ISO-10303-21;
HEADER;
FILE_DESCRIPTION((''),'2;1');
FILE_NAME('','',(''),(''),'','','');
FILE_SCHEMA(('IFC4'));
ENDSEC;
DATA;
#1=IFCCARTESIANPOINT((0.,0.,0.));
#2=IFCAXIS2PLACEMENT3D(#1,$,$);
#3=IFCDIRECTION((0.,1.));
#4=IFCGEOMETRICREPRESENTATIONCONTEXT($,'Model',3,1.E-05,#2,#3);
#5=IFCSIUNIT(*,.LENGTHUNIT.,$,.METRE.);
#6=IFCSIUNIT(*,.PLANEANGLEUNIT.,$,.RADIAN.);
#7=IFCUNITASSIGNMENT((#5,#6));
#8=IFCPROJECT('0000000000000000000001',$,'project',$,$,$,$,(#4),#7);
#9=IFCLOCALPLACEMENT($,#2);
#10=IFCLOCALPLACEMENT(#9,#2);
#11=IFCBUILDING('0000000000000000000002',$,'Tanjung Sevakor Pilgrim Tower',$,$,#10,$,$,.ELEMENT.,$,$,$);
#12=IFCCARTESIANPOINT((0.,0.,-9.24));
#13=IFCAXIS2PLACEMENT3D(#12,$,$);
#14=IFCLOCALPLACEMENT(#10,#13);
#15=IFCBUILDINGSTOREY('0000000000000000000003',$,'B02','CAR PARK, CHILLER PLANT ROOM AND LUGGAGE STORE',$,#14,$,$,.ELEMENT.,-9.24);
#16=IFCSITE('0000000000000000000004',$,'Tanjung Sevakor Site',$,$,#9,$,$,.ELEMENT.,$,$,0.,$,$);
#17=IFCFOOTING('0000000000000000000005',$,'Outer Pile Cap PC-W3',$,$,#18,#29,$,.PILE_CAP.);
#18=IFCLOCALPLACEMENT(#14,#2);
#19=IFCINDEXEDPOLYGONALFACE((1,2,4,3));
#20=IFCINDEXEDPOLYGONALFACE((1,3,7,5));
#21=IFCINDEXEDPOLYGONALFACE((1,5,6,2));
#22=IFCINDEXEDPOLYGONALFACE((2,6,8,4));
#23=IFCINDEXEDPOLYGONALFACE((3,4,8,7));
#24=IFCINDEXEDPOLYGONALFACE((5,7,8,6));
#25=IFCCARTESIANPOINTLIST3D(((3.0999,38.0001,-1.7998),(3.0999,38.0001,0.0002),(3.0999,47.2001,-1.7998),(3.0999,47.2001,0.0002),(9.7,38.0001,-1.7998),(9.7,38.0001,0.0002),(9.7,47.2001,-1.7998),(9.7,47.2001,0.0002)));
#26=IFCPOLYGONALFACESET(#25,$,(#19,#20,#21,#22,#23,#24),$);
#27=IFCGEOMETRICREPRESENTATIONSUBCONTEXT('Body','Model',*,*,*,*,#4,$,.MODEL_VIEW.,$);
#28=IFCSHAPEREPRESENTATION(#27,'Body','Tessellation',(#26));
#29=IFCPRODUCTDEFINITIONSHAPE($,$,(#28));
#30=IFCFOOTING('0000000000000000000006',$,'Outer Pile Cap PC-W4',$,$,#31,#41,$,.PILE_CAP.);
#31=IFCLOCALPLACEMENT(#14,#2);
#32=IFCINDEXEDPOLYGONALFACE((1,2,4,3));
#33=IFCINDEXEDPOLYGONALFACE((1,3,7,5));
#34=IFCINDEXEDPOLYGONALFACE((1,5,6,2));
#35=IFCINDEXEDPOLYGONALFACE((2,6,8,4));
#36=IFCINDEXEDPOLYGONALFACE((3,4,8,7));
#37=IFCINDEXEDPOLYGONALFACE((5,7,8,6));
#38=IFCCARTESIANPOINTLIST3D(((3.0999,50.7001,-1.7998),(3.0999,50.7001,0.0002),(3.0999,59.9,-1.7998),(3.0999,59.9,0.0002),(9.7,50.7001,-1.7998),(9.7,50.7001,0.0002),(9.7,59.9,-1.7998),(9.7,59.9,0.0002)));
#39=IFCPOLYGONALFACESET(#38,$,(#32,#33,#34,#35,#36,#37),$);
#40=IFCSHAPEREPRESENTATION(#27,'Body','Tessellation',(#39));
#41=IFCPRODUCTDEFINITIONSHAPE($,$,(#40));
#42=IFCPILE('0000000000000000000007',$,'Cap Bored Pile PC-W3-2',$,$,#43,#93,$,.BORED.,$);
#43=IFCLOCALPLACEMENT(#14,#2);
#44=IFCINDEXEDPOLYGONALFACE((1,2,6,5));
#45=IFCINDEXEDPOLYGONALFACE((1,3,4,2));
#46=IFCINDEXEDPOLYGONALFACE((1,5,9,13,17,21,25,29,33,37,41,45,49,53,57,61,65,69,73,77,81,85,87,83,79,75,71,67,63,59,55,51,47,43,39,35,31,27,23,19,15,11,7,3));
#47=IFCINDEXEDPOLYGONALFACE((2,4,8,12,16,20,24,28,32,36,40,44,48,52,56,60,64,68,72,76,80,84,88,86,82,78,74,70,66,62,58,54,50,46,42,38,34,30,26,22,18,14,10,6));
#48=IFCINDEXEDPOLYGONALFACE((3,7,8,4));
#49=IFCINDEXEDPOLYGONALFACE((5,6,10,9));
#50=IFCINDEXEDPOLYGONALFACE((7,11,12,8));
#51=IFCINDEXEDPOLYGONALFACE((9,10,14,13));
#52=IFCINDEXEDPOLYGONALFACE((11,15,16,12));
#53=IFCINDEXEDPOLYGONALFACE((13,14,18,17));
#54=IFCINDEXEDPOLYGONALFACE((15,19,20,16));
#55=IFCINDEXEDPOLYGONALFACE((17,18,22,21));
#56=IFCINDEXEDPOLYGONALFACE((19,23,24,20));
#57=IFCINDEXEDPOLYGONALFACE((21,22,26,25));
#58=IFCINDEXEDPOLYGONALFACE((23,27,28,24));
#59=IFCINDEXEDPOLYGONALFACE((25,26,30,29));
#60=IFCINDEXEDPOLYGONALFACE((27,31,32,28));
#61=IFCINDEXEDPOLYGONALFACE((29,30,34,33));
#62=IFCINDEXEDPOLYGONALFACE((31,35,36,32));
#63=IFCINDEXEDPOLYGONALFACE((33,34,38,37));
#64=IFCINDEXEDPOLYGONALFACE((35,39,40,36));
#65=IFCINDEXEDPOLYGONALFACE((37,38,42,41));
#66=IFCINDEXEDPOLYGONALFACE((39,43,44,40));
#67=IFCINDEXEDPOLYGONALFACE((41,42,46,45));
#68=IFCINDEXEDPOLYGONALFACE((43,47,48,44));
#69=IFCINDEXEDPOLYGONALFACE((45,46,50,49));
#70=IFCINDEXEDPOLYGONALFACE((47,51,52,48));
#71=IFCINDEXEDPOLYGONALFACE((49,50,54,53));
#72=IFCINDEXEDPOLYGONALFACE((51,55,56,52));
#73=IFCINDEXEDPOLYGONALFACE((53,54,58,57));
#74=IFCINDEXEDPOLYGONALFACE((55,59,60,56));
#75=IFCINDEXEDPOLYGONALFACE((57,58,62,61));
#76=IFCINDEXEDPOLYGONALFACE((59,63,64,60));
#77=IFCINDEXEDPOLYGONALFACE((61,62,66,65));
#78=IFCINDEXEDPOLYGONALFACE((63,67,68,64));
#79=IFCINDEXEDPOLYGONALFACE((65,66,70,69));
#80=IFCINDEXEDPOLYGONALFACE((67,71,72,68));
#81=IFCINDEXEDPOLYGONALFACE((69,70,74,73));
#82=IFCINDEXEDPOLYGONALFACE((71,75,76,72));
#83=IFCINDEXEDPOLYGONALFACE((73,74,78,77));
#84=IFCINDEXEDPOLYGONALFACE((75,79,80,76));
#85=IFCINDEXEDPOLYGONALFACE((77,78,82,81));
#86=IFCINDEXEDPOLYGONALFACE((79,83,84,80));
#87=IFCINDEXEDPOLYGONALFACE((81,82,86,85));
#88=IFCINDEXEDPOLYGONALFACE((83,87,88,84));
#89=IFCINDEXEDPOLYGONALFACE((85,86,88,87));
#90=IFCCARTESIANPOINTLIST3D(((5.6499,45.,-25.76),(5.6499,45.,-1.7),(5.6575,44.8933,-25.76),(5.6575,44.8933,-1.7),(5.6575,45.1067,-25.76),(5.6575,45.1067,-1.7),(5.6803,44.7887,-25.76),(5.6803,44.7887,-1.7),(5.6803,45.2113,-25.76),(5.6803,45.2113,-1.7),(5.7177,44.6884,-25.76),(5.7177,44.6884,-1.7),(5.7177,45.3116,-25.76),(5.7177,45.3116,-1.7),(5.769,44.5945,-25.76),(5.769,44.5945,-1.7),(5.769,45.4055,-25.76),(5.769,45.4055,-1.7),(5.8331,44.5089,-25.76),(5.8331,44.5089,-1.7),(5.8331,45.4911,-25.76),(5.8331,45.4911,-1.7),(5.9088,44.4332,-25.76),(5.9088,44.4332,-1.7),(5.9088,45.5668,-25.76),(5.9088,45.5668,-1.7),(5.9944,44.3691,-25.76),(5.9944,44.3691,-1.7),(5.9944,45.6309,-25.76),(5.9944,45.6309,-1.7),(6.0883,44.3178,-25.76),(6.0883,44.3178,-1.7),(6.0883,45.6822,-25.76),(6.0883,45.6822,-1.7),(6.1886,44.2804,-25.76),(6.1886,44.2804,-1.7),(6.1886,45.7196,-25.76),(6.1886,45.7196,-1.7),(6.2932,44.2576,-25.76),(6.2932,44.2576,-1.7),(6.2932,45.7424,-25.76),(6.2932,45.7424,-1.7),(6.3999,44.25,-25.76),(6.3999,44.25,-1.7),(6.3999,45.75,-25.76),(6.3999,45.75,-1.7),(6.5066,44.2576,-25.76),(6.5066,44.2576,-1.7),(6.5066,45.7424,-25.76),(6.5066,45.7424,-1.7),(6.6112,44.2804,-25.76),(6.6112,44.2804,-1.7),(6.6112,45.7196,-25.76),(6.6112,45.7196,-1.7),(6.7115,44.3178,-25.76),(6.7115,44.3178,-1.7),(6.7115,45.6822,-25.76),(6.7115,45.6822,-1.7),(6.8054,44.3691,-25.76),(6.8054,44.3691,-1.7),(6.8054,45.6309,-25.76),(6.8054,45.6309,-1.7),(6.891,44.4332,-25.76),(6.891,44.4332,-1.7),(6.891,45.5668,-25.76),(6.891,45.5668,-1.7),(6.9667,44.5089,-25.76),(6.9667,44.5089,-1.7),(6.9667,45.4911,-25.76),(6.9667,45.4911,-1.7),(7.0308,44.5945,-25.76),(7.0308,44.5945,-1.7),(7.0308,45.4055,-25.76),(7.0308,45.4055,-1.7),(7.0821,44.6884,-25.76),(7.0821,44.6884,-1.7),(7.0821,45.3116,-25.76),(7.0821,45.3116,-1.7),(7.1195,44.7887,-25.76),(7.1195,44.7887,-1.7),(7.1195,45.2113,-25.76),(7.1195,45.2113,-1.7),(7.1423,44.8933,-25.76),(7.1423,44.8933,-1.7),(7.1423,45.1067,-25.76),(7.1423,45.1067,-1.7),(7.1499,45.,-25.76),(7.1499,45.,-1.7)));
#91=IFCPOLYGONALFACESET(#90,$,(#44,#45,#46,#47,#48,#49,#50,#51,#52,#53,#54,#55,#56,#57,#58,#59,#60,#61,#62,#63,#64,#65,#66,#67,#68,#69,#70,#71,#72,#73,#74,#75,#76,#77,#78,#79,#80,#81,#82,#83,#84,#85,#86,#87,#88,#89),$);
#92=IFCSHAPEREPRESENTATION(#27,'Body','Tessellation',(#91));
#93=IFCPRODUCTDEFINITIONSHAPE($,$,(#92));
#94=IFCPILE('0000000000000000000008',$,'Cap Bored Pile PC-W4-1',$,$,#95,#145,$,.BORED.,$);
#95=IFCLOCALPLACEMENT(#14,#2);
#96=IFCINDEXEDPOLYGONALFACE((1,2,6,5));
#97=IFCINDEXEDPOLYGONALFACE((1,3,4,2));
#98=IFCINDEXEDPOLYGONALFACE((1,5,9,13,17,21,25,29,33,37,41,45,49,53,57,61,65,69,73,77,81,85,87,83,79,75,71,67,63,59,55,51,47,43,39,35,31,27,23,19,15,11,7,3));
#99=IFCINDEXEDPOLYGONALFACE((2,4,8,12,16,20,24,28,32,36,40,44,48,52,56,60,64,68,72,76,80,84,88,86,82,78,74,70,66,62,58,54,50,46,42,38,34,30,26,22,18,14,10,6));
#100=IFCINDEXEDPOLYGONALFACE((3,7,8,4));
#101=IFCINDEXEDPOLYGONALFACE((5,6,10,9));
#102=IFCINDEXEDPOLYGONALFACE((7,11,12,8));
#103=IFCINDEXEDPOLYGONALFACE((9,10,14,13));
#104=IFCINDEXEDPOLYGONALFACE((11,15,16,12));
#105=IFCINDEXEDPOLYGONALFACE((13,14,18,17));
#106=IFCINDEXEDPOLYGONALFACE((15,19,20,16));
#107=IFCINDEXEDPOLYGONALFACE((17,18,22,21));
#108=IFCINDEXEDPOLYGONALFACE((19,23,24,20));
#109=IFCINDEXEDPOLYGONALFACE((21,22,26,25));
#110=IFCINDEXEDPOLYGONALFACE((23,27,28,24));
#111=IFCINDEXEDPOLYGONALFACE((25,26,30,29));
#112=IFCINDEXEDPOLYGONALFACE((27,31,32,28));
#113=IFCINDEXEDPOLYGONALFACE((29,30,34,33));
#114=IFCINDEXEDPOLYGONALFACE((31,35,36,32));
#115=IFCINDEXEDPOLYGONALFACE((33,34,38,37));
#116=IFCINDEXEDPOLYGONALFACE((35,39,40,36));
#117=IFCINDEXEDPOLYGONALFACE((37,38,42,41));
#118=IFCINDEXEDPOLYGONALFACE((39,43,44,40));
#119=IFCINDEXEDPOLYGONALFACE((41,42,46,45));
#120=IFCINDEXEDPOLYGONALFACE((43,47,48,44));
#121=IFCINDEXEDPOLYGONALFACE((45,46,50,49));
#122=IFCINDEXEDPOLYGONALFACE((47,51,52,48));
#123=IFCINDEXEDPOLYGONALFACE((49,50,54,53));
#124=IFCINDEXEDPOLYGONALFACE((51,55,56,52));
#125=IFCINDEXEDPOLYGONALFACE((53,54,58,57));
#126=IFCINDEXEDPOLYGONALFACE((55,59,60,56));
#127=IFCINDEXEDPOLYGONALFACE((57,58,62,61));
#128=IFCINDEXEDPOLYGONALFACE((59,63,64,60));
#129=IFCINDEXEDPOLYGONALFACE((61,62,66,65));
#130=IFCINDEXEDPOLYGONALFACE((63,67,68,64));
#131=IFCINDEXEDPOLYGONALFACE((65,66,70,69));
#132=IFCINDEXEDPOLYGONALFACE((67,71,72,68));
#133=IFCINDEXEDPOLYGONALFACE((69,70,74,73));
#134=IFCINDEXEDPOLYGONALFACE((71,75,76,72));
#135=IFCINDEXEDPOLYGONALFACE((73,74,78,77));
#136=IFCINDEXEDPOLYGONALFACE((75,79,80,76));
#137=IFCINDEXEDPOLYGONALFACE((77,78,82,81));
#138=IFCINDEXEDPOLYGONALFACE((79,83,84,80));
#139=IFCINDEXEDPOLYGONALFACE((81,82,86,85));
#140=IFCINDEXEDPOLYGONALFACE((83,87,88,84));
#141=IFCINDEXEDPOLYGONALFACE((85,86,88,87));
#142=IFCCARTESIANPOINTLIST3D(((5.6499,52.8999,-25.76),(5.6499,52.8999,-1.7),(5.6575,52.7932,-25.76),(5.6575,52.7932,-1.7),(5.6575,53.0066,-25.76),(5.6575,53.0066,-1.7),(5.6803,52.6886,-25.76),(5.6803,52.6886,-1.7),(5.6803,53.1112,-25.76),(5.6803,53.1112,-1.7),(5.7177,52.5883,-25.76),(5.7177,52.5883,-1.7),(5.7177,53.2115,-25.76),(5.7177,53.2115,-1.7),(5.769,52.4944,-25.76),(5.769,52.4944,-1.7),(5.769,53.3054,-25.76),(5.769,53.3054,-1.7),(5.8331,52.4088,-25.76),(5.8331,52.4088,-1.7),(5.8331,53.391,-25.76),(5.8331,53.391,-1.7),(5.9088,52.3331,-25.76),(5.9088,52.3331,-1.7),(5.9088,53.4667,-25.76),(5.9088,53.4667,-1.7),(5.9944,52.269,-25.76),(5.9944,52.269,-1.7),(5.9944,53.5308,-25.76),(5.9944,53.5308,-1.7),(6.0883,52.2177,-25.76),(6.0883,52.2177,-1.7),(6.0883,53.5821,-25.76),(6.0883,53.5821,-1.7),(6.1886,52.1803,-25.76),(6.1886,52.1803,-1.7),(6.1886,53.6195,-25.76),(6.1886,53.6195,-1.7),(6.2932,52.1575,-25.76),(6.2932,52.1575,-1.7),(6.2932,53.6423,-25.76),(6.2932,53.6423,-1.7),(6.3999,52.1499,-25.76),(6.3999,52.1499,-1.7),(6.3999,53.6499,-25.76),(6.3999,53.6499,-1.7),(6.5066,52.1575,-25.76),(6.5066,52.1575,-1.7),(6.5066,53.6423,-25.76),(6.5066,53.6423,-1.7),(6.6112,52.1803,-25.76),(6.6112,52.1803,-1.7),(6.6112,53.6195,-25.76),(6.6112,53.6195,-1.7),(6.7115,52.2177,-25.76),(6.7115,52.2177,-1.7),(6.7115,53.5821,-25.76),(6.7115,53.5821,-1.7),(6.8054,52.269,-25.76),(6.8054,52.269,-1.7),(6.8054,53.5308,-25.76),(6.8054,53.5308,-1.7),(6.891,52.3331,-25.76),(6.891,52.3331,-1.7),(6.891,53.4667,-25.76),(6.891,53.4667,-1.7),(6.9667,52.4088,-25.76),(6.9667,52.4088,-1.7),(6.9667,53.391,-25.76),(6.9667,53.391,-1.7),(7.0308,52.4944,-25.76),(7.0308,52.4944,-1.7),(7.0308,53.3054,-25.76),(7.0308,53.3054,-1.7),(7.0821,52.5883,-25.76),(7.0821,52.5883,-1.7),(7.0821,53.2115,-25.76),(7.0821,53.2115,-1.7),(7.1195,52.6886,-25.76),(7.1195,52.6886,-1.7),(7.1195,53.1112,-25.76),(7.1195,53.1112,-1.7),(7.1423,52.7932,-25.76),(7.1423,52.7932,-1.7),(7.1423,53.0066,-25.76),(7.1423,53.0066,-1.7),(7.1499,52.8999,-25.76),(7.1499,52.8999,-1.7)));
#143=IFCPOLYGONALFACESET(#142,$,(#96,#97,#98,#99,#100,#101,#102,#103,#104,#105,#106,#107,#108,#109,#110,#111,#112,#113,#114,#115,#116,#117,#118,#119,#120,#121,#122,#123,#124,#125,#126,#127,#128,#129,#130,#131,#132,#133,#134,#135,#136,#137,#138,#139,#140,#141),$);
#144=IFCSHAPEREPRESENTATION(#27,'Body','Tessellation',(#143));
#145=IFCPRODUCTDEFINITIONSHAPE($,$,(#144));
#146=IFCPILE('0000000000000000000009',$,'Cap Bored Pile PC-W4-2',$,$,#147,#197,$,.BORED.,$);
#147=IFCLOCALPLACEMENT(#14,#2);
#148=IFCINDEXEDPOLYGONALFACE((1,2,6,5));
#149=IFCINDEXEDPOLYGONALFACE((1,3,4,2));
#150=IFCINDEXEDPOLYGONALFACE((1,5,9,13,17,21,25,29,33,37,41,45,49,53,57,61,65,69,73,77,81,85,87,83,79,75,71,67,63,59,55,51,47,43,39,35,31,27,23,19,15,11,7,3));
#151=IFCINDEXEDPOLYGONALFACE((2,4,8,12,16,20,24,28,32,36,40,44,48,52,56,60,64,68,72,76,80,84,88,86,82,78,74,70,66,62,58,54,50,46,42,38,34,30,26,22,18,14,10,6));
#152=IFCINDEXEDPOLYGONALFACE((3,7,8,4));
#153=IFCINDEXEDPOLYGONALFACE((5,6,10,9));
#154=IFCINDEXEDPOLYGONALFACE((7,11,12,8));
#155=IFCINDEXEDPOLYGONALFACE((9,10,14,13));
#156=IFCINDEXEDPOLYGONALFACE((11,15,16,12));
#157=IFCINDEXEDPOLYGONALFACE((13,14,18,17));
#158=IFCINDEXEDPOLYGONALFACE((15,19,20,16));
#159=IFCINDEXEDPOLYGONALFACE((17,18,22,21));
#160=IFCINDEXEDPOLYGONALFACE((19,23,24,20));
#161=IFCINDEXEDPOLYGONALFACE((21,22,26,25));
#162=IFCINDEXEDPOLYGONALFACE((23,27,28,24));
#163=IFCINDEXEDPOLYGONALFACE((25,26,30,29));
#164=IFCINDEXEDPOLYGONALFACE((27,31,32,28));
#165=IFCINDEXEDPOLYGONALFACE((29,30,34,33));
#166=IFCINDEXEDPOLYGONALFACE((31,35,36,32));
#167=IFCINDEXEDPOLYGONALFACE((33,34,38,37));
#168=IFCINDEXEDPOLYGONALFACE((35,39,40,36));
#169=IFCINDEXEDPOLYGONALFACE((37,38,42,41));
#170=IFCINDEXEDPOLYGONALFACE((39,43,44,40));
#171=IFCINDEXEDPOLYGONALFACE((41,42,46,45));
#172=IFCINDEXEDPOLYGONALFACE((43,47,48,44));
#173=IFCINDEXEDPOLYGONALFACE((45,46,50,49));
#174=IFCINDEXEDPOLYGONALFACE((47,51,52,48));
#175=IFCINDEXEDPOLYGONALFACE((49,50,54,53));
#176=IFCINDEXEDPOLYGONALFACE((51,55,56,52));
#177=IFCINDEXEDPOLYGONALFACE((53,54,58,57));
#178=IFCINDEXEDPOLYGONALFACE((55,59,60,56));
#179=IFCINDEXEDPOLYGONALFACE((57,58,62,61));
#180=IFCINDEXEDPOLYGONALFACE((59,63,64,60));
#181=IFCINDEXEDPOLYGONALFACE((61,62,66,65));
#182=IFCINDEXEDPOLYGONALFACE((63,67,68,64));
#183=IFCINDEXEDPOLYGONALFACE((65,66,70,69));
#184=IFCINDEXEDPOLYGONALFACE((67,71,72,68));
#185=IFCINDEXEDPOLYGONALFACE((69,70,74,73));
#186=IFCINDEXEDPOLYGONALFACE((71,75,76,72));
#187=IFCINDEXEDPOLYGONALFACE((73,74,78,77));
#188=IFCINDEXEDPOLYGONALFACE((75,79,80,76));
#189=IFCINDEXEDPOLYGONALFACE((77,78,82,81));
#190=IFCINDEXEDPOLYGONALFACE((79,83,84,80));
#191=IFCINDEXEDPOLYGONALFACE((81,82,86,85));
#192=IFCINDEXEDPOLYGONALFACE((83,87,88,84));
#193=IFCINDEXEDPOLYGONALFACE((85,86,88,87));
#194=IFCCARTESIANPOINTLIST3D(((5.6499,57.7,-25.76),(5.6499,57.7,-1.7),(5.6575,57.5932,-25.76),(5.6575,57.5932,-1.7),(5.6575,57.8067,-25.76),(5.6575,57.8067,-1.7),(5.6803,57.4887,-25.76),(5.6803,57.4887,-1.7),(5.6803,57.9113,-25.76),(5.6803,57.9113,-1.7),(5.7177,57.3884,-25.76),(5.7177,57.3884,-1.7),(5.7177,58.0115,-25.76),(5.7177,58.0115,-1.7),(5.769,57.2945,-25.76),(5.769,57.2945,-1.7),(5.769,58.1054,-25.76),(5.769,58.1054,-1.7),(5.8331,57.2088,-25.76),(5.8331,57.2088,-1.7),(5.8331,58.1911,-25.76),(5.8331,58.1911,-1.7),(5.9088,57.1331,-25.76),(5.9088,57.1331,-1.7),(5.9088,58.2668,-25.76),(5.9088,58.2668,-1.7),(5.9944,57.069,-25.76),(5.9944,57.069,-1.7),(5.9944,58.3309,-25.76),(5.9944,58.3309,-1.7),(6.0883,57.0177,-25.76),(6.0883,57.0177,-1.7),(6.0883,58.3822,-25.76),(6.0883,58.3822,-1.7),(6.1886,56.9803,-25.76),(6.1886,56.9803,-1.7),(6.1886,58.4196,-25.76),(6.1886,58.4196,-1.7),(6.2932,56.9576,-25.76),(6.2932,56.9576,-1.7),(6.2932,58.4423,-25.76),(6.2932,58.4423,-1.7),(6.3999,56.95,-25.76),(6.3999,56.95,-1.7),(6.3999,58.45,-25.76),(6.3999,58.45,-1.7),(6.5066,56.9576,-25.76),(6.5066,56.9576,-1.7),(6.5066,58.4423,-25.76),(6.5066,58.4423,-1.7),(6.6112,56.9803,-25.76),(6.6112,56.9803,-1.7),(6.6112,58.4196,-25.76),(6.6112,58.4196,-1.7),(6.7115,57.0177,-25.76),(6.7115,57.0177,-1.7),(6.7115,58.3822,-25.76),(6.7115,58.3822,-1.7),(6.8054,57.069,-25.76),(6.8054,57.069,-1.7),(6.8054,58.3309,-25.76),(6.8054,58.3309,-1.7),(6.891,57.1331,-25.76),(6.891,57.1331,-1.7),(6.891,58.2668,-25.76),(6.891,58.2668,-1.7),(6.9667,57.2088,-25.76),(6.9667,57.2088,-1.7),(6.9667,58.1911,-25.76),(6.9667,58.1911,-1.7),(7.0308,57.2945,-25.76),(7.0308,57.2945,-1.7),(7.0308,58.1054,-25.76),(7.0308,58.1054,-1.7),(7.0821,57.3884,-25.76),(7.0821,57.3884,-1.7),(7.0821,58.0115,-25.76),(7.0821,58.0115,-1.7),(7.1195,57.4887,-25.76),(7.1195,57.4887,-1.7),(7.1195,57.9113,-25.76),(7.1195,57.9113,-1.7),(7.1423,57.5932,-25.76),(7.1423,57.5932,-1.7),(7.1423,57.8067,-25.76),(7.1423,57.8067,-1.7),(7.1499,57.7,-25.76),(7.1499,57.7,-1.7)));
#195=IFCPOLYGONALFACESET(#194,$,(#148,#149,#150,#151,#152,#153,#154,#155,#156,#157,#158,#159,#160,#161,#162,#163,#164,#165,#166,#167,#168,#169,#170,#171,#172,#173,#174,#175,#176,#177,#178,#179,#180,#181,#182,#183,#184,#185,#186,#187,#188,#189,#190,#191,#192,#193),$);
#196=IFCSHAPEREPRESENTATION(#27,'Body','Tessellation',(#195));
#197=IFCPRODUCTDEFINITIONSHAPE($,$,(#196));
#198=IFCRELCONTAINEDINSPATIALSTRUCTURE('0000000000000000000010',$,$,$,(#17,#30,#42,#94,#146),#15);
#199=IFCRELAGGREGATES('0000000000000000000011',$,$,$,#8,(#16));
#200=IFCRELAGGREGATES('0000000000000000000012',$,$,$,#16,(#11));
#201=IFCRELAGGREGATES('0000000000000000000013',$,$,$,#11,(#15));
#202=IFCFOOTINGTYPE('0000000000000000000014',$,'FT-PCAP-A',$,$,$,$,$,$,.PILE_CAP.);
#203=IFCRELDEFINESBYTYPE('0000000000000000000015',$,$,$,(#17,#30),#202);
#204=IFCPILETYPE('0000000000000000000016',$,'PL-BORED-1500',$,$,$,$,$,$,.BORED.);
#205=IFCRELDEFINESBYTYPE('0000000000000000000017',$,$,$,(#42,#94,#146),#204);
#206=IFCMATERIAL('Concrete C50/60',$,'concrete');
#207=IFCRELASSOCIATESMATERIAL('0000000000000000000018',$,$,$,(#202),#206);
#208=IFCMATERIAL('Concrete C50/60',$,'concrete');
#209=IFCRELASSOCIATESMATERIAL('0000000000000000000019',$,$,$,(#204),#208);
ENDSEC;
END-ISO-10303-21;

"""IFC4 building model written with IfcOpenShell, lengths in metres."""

from ifc_helpers import new_model, si_unit, direction, frame, origin, origin_2d, place, context, subcontext, project, spatial, rectangle, circle, extrude, material, material_profile, profile_set, type_object, element, save


model = new_model("IFC4")

# Units and contexts
model_context = context("Model", 3, precision=1e-05, world=origin(), true_north=direction((0.0, 1.0)))
body_context = subcontext(model_context, "Body", "Model", "MODEL_VIEW")
ifc_project = project(units=[si_unit("LENGTHUNIT", "METRE"), si_unit("PLANEANGLEUNIT", "RADIAN")], contexts=[model_context])

# Site, building, storey
site_placement = place(None, origin())
site = spatial("IfcSite", under=ifc_project, at=site_placement, Name="Tanjung Sevakor Site", CompositionType="ELEMENT", RefElevation=0.0)
building_placement = place(site_placement, origin())
building = spatial("IfcBuilding", under=site, at=building_placement, Name="Tanjung Sevakor Pilgrim Tower", CompositionType="ELEMENT")
storey_placement = place(building_placement, frame((0.0, 0.0, -9.24)))
storey = spatial("IfcBuildingStorey", under=building, at=storey_placement, Name="B02", Description="CAR PARK, CHILLER PLANT ROOM AND LUGGAGE STORE", CompositionType="ELEMENT", Elevation=-9.24)

# Footings
ifc_material_1 = material(Name="Concrete C50/60", Category="concrete")
footing_type = type_object("IfcFootingType", Name="FT-PCAP-A", PredefinedType="PILE_CAP", material=ifc_material_1)
for number, where, z_axis, x_axis, name in (
    (1, (6.3999, 42.6001, -1.7998), (0.0, 0.0, 1.0), (1.0, 0.0, 0.0), "Outer Pile Cap PC-W3"),
    (2, (6.3999, 55.3, -1.7998), (0.0, 0.0, 1.0), (1.0, 0.0, 0.0), "Outer Pile Cap PC-W4"),
):
    element("IfcFooting", number, at=place(storey_placement, frame(where, z_axis=z_axis, x_axis=x_axis)), inside=storey, type_object=footing_type, Name=name, PredefinedType="PILE_CAP", context=body_context, shape_type="SweptSolid", body=[
        extrude(rectangle(XDim=6.6001, YDim=9.2, at=origin_2d()), origin(), (0.0, 0.0, 1.0), 1.8),
    ])

# Piles
ifc_material_2 = material(Name="Concrete C50/60", Category="concrete")
ifc_material_profile_1 = material_profile(ifc_material_2, circle(Radius=0.75, at=origin_2d()))
ifc_profile_set_1 = profile_set([ifc_material_profile_1], Name="Concrete C50/60")
pile_type_1 = type_object("IfcPileType", Name="PL-BORED-1500", PredefinedType="BORED", material=ifc_profile_set_1)
for number, where, z_axis, x_axis, name in (
    (3, (6.3999, 45.0, -1.7), (0.0, 0.0, -1.0), (1.0, 0.0, 0.0), "Cap Bored Pile PC-W3-2"),
    (4, (6.3999, 52.8999, -1.7), (0.0, 0.0, -1.0), (1.0, 0.0, 0.0), "Cap Bored Pile PC-W4-1"),
    (5, (6.3999, 57.7, -1.7), (0.0, 0.0, -1.0), (1.0, 0.0, 0.0), "Cap Bored Pile PC-W4-2"),
):
    element("IfcPile", number, at=place(storey_placement, frame(where, z_axis=z_axis, x_axis=x_axis)), inside=storey, type_object=pile_type_1, Name=name, PredefinedType="BORED", context=body_context, shape_type="SweptSolid", body=[
        extrude(circle(Radius=0.75, at=origin_2d()), origin(), (0.0, 0.0, 1.0), 24.0601),
    ])

save(model, "model.ifc")
